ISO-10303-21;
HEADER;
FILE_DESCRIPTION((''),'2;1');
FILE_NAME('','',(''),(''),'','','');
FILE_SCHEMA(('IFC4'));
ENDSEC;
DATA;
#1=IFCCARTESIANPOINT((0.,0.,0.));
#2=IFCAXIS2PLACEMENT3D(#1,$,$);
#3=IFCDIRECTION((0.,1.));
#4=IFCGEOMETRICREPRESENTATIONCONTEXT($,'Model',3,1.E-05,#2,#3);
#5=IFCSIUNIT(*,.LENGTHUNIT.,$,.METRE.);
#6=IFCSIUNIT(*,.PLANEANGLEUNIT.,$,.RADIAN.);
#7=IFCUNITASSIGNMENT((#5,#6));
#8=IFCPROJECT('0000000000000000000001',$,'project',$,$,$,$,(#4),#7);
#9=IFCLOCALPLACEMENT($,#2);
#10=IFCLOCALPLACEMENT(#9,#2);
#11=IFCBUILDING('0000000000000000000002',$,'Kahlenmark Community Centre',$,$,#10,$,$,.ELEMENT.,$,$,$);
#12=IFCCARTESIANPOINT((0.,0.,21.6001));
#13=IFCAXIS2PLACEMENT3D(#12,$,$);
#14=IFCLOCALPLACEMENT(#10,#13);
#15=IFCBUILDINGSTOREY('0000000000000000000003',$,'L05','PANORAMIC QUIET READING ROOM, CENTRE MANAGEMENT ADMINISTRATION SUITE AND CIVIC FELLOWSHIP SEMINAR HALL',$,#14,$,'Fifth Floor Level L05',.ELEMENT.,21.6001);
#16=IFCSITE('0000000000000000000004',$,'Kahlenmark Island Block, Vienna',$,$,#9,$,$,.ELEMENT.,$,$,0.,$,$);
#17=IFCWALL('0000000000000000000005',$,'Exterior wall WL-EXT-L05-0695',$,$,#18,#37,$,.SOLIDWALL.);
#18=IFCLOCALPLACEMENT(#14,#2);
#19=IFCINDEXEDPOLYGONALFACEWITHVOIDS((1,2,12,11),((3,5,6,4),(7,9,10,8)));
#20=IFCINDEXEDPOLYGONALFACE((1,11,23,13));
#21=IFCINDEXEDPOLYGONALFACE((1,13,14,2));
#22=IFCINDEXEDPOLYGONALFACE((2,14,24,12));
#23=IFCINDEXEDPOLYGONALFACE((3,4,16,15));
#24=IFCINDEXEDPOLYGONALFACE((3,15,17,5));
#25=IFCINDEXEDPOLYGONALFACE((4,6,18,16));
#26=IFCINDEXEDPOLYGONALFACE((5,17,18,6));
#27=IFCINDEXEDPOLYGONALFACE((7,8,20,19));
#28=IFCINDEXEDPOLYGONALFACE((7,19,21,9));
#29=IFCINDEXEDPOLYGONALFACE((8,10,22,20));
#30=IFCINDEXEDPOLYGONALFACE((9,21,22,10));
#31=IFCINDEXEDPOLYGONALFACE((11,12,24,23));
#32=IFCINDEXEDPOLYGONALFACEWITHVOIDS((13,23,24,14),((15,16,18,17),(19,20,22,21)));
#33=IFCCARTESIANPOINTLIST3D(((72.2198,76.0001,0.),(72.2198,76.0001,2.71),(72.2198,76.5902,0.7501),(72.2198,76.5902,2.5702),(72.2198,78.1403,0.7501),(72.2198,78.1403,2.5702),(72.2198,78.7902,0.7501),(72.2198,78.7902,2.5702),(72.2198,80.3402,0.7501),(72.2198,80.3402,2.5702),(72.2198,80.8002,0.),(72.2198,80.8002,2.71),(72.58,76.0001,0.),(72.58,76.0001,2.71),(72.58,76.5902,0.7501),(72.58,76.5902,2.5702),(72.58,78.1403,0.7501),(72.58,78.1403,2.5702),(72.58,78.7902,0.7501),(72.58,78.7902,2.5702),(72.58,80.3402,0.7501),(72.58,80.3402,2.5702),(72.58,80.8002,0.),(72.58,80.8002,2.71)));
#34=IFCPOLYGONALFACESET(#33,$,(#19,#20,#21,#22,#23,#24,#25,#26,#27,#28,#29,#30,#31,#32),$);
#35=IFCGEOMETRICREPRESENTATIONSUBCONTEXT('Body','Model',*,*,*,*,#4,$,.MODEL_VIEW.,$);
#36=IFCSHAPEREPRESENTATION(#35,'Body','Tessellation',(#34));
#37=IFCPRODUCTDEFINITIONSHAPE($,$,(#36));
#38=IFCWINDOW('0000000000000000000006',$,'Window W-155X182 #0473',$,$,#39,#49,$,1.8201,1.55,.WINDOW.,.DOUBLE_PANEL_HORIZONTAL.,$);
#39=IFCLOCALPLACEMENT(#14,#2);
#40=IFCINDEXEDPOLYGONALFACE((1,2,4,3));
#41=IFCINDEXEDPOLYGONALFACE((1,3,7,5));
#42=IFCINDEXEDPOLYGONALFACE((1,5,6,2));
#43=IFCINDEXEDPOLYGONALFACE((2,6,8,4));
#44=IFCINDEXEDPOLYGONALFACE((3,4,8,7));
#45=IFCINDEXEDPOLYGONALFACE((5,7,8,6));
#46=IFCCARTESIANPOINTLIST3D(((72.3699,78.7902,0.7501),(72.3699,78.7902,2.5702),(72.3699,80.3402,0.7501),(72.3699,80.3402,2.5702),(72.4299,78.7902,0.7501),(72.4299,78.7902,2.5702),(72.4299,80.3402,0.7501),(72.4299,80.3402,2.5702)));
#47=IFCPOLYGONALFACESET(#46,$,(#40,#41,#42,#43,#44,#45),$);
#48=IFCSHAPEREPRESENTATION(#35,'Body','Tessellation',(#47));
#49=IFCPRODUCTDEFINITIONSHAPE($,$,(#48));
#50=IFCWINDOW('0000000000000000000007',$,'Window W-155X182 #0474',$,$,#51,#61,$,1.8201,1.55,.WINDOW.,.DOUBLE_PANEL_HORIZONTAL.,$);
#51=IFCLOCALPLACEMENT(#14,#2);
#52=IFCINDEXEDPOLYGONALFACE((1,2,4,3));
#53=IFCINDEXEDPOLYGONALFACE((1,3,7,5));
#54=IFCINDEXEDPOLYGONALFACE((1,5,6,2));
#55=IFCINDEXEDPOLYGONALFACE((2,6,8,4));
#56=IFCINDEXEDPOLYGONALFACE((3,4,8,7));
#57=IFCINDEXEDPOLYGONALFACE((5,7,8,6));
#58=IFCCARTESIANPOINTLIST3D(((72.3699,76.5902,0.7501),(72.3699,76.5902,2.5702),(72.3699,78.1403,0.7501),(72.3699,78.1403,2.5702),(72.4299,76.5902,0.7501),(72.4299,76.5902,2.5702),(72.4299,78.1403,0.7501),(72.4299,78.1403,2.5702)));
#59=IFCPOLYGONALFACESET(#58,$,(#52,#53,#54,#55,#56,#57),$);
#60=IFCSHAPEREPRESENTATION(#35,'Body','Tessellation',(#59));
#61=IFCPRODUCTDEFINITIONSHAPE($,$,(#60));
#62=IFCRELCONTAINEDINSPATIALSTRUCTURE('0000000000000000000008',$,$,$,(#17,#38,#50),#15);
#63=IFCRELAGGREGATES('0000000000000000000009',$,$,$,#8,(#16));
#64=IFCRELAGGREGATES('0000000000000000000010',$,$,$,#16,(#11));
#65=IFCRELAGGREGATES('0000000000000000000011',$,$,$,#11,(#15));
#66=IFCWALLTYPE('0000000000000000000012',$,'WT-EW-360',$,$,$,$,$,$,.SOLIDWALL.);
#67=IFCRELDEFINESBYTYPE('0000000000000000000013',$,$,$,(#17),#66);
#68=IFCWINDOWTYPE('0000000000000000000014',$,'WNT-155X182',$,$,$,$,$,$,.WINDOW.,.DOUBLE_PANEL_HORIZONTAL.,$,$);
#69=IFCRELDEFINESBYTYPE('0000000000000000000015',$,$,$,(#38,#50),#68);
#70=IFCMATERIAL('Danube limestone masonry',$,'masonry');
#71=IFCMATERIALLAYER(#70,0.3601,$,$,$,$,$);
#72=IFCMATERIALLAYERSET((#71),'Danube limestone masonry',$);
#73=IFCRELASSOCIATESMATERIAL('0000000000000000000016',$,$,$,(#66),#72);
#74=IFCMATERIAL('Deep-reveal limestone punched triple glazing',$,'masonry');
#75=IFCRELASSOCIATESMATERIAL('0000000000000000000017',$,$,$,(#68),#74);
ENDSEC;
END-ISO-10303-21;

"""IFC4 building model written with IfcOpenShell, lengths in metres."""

from ifc_helpers import new_model, si_unit, direction, frame, frame_2d, origin, place, context, subcontext, project, spatial, rectangle, extrude, material, layer, layer_set, type_object, element, fill, save


model = new_model("IFC4")

# Units and contexts
model_context = context("Model", 3, precision=1e-05, world=origin(), true_north=direction((0.0, 1.0)))
body_context = subcontext(model_context, "Body", "Model", "MODEL_VIEW")
ifc_project = project(units=[si_unit("LENGTHUNIT", "METRE"), si_unit("PLANEANGLEUNIT", "RADIAN")], contexts=[model_context])

# Site, building, storey
site_placement = place(None, origin())
site = spatial("IfcSite", under=ifc_project, at=site_placement, Name="Kahlenmark Island Block, Vienna", CompositionType="ELEMENT", RefElevation=0.0)
building_placement = place(site_placement, origin())
building = spatial("IfcBuilding", under=site, at=building_placement, Name="Kahlenmark Community Centre", CompositionType="ELEMENT")
storey_placement = place(building_placement, frame((0.0, 0.0, 21.6001)))
storey = spatial("IfcBuildingStorey", under=building, at=storey_placement, Name="L05", Description="PANORAMIC QUIET READING ROOM, CENTRE MANAGEMENT ADMINISTRATION SUITE AND CIVIC FELLOWSHIP SEMINAR HALL", LongName="Fifth Floor Level L05", CompositionType="ELEMENT", Elevation=21.6001)

# Shared definitions
ifc_material_1 = material(Name="Danube limestone masonry", Category="masonry")
ifc_layer_1 = layer(ifc_material_1, 0.3601)
ifc_layer_set_1 = layer_set([ifc_layer_1], Name="Danube limestone masonry")
wall_type = type_object("IfcWallType", Name="WT-EW-360", PredefinedType="SOLIDWALL", material=ifc_layer_set_1)

# Wall, openings, windows
wall_1_placement = place(storey_placement, frame((72.3999, 80.8, 0.0), z_axis=(0.0, 0.0, 1.0), x_axis=(0.0, -1.0, 0.0)))
wall_1 = element("IfcWall", 1, at=wall_1_placement, inside=storey, type_object=wall_type, Name="Exterior wall WL-EXT-L05-0695", PredefinedType="SOLIDWALL", context=body_context, shape_type="SweptSolid", body=[
    extrude(rectangle(XDim=4.8, YDim=0.3601, at=frame_2d((2.3999, 0.0))), origin(), (0.0, 0.0, 1.0), 2.71),
])
opening_1_placement = place(wall_1_placement, frame((0.46, 0.0, 0.75)))
opening_1 = element("IfcOpeningElement", 2, at=opening_1_placement, cuts=wall_1, PredefinedType="OPENING", context=body_context, shape_type="SweptSolid", body=[
    extrude(rectangle(XDim=1.55, YDim=1.8201, at=frame_2d((0.7749, 0.9102))), frame((0.0, 0.1899, 0.0), z_axis=(0.0, -1.0, 0.0), x_axis=(1.0, 0.0, 0.0)), (0.0, 0.0, 1.0), 0.3801),
])
opening_2_placement = place(wall_1_placement, frame((2.6599, 0.0, 0.75)))
opening_2 = element("IfcOpeningElement", 3, at=opening_2_placement, cuts=wall_1, PredefinedType="OPENING", context=body_context, shape_type="SweptSolid", body=[
    extrude(rectangle(XDim=1.55, YDim=1.8201, at=frame_2d((0.7749, 0.9102))), frame((0.0, 0.1899, 0.0), z_axis=(0.0, -1.0, 0.0), x_axis=(1.0, 0.0, 0.0)), (0.0, 0.0, 1.0), 0.3801),
])
ifc_material_2 = material(Name="Deep-reveal limestone punched triple glazing", Category="masonry")
window_type = type_object("IfcWindowType", Name="WNT-155X182", PartitioningType="DOUBLE_PANEL_HORIZONTAL", PredefinedType="WINDOW", material=ifc_material_2)
window_1_placement = place(opening_1_placement, origin())
window_1 = element("IfcWindow", 4, at=window_1_placement, inside=storey, type_object=window_type, Name="Window W-155X182 #0473", OverallHeight=1.8201, OverallWidth=1.55, PartitioningType="DOUBLE_PANEL_HORIZONTAL", PredefinedType="WINDOW", context=body_context, shape_type="SweptSolid", body=[
    extrude(rectangle(XDim=1.55, YDim=1.8201, at=frame_2d((0.7749, 0.9102))), frame((0.0, 0.03, 0.0), z_axis=(0.0, -1.0, 0.0), x_axis=(1.0, 0.0, 0.0)), (0.0, 0.0, 1.0), 0.0601),
])
fill(opening_1, window_1)
window_2_placement = place(opening_2_placement, origin())
window_2 = element("IfcWindow", 5, at=window_2_placement, inside=storey, type_object=window_type, Name="Window W-155X182 #0474", OverallHeight=1.8201, OverallWidth=1.55, PartitioningType="DOUBLE_PANEL_HORIZONTAL", PredefinedType="WINDOW", context=body_context, shape_type="SweptSolid", body=[
    extrude(rectangle(XDim=1.55, YDim=1.8201, at=frame_2d((0.7749, 0.9102))), frame((0.0, 0.03, 0.0), z_axis=(0.0, -1.0, 0.0), x_axis=(1.0, 0.0, 0.0)), (0.0, 0.0, 1.0), 0.0601),
])
fill(opening_2, window_2)

save(model, "model.ifc")
